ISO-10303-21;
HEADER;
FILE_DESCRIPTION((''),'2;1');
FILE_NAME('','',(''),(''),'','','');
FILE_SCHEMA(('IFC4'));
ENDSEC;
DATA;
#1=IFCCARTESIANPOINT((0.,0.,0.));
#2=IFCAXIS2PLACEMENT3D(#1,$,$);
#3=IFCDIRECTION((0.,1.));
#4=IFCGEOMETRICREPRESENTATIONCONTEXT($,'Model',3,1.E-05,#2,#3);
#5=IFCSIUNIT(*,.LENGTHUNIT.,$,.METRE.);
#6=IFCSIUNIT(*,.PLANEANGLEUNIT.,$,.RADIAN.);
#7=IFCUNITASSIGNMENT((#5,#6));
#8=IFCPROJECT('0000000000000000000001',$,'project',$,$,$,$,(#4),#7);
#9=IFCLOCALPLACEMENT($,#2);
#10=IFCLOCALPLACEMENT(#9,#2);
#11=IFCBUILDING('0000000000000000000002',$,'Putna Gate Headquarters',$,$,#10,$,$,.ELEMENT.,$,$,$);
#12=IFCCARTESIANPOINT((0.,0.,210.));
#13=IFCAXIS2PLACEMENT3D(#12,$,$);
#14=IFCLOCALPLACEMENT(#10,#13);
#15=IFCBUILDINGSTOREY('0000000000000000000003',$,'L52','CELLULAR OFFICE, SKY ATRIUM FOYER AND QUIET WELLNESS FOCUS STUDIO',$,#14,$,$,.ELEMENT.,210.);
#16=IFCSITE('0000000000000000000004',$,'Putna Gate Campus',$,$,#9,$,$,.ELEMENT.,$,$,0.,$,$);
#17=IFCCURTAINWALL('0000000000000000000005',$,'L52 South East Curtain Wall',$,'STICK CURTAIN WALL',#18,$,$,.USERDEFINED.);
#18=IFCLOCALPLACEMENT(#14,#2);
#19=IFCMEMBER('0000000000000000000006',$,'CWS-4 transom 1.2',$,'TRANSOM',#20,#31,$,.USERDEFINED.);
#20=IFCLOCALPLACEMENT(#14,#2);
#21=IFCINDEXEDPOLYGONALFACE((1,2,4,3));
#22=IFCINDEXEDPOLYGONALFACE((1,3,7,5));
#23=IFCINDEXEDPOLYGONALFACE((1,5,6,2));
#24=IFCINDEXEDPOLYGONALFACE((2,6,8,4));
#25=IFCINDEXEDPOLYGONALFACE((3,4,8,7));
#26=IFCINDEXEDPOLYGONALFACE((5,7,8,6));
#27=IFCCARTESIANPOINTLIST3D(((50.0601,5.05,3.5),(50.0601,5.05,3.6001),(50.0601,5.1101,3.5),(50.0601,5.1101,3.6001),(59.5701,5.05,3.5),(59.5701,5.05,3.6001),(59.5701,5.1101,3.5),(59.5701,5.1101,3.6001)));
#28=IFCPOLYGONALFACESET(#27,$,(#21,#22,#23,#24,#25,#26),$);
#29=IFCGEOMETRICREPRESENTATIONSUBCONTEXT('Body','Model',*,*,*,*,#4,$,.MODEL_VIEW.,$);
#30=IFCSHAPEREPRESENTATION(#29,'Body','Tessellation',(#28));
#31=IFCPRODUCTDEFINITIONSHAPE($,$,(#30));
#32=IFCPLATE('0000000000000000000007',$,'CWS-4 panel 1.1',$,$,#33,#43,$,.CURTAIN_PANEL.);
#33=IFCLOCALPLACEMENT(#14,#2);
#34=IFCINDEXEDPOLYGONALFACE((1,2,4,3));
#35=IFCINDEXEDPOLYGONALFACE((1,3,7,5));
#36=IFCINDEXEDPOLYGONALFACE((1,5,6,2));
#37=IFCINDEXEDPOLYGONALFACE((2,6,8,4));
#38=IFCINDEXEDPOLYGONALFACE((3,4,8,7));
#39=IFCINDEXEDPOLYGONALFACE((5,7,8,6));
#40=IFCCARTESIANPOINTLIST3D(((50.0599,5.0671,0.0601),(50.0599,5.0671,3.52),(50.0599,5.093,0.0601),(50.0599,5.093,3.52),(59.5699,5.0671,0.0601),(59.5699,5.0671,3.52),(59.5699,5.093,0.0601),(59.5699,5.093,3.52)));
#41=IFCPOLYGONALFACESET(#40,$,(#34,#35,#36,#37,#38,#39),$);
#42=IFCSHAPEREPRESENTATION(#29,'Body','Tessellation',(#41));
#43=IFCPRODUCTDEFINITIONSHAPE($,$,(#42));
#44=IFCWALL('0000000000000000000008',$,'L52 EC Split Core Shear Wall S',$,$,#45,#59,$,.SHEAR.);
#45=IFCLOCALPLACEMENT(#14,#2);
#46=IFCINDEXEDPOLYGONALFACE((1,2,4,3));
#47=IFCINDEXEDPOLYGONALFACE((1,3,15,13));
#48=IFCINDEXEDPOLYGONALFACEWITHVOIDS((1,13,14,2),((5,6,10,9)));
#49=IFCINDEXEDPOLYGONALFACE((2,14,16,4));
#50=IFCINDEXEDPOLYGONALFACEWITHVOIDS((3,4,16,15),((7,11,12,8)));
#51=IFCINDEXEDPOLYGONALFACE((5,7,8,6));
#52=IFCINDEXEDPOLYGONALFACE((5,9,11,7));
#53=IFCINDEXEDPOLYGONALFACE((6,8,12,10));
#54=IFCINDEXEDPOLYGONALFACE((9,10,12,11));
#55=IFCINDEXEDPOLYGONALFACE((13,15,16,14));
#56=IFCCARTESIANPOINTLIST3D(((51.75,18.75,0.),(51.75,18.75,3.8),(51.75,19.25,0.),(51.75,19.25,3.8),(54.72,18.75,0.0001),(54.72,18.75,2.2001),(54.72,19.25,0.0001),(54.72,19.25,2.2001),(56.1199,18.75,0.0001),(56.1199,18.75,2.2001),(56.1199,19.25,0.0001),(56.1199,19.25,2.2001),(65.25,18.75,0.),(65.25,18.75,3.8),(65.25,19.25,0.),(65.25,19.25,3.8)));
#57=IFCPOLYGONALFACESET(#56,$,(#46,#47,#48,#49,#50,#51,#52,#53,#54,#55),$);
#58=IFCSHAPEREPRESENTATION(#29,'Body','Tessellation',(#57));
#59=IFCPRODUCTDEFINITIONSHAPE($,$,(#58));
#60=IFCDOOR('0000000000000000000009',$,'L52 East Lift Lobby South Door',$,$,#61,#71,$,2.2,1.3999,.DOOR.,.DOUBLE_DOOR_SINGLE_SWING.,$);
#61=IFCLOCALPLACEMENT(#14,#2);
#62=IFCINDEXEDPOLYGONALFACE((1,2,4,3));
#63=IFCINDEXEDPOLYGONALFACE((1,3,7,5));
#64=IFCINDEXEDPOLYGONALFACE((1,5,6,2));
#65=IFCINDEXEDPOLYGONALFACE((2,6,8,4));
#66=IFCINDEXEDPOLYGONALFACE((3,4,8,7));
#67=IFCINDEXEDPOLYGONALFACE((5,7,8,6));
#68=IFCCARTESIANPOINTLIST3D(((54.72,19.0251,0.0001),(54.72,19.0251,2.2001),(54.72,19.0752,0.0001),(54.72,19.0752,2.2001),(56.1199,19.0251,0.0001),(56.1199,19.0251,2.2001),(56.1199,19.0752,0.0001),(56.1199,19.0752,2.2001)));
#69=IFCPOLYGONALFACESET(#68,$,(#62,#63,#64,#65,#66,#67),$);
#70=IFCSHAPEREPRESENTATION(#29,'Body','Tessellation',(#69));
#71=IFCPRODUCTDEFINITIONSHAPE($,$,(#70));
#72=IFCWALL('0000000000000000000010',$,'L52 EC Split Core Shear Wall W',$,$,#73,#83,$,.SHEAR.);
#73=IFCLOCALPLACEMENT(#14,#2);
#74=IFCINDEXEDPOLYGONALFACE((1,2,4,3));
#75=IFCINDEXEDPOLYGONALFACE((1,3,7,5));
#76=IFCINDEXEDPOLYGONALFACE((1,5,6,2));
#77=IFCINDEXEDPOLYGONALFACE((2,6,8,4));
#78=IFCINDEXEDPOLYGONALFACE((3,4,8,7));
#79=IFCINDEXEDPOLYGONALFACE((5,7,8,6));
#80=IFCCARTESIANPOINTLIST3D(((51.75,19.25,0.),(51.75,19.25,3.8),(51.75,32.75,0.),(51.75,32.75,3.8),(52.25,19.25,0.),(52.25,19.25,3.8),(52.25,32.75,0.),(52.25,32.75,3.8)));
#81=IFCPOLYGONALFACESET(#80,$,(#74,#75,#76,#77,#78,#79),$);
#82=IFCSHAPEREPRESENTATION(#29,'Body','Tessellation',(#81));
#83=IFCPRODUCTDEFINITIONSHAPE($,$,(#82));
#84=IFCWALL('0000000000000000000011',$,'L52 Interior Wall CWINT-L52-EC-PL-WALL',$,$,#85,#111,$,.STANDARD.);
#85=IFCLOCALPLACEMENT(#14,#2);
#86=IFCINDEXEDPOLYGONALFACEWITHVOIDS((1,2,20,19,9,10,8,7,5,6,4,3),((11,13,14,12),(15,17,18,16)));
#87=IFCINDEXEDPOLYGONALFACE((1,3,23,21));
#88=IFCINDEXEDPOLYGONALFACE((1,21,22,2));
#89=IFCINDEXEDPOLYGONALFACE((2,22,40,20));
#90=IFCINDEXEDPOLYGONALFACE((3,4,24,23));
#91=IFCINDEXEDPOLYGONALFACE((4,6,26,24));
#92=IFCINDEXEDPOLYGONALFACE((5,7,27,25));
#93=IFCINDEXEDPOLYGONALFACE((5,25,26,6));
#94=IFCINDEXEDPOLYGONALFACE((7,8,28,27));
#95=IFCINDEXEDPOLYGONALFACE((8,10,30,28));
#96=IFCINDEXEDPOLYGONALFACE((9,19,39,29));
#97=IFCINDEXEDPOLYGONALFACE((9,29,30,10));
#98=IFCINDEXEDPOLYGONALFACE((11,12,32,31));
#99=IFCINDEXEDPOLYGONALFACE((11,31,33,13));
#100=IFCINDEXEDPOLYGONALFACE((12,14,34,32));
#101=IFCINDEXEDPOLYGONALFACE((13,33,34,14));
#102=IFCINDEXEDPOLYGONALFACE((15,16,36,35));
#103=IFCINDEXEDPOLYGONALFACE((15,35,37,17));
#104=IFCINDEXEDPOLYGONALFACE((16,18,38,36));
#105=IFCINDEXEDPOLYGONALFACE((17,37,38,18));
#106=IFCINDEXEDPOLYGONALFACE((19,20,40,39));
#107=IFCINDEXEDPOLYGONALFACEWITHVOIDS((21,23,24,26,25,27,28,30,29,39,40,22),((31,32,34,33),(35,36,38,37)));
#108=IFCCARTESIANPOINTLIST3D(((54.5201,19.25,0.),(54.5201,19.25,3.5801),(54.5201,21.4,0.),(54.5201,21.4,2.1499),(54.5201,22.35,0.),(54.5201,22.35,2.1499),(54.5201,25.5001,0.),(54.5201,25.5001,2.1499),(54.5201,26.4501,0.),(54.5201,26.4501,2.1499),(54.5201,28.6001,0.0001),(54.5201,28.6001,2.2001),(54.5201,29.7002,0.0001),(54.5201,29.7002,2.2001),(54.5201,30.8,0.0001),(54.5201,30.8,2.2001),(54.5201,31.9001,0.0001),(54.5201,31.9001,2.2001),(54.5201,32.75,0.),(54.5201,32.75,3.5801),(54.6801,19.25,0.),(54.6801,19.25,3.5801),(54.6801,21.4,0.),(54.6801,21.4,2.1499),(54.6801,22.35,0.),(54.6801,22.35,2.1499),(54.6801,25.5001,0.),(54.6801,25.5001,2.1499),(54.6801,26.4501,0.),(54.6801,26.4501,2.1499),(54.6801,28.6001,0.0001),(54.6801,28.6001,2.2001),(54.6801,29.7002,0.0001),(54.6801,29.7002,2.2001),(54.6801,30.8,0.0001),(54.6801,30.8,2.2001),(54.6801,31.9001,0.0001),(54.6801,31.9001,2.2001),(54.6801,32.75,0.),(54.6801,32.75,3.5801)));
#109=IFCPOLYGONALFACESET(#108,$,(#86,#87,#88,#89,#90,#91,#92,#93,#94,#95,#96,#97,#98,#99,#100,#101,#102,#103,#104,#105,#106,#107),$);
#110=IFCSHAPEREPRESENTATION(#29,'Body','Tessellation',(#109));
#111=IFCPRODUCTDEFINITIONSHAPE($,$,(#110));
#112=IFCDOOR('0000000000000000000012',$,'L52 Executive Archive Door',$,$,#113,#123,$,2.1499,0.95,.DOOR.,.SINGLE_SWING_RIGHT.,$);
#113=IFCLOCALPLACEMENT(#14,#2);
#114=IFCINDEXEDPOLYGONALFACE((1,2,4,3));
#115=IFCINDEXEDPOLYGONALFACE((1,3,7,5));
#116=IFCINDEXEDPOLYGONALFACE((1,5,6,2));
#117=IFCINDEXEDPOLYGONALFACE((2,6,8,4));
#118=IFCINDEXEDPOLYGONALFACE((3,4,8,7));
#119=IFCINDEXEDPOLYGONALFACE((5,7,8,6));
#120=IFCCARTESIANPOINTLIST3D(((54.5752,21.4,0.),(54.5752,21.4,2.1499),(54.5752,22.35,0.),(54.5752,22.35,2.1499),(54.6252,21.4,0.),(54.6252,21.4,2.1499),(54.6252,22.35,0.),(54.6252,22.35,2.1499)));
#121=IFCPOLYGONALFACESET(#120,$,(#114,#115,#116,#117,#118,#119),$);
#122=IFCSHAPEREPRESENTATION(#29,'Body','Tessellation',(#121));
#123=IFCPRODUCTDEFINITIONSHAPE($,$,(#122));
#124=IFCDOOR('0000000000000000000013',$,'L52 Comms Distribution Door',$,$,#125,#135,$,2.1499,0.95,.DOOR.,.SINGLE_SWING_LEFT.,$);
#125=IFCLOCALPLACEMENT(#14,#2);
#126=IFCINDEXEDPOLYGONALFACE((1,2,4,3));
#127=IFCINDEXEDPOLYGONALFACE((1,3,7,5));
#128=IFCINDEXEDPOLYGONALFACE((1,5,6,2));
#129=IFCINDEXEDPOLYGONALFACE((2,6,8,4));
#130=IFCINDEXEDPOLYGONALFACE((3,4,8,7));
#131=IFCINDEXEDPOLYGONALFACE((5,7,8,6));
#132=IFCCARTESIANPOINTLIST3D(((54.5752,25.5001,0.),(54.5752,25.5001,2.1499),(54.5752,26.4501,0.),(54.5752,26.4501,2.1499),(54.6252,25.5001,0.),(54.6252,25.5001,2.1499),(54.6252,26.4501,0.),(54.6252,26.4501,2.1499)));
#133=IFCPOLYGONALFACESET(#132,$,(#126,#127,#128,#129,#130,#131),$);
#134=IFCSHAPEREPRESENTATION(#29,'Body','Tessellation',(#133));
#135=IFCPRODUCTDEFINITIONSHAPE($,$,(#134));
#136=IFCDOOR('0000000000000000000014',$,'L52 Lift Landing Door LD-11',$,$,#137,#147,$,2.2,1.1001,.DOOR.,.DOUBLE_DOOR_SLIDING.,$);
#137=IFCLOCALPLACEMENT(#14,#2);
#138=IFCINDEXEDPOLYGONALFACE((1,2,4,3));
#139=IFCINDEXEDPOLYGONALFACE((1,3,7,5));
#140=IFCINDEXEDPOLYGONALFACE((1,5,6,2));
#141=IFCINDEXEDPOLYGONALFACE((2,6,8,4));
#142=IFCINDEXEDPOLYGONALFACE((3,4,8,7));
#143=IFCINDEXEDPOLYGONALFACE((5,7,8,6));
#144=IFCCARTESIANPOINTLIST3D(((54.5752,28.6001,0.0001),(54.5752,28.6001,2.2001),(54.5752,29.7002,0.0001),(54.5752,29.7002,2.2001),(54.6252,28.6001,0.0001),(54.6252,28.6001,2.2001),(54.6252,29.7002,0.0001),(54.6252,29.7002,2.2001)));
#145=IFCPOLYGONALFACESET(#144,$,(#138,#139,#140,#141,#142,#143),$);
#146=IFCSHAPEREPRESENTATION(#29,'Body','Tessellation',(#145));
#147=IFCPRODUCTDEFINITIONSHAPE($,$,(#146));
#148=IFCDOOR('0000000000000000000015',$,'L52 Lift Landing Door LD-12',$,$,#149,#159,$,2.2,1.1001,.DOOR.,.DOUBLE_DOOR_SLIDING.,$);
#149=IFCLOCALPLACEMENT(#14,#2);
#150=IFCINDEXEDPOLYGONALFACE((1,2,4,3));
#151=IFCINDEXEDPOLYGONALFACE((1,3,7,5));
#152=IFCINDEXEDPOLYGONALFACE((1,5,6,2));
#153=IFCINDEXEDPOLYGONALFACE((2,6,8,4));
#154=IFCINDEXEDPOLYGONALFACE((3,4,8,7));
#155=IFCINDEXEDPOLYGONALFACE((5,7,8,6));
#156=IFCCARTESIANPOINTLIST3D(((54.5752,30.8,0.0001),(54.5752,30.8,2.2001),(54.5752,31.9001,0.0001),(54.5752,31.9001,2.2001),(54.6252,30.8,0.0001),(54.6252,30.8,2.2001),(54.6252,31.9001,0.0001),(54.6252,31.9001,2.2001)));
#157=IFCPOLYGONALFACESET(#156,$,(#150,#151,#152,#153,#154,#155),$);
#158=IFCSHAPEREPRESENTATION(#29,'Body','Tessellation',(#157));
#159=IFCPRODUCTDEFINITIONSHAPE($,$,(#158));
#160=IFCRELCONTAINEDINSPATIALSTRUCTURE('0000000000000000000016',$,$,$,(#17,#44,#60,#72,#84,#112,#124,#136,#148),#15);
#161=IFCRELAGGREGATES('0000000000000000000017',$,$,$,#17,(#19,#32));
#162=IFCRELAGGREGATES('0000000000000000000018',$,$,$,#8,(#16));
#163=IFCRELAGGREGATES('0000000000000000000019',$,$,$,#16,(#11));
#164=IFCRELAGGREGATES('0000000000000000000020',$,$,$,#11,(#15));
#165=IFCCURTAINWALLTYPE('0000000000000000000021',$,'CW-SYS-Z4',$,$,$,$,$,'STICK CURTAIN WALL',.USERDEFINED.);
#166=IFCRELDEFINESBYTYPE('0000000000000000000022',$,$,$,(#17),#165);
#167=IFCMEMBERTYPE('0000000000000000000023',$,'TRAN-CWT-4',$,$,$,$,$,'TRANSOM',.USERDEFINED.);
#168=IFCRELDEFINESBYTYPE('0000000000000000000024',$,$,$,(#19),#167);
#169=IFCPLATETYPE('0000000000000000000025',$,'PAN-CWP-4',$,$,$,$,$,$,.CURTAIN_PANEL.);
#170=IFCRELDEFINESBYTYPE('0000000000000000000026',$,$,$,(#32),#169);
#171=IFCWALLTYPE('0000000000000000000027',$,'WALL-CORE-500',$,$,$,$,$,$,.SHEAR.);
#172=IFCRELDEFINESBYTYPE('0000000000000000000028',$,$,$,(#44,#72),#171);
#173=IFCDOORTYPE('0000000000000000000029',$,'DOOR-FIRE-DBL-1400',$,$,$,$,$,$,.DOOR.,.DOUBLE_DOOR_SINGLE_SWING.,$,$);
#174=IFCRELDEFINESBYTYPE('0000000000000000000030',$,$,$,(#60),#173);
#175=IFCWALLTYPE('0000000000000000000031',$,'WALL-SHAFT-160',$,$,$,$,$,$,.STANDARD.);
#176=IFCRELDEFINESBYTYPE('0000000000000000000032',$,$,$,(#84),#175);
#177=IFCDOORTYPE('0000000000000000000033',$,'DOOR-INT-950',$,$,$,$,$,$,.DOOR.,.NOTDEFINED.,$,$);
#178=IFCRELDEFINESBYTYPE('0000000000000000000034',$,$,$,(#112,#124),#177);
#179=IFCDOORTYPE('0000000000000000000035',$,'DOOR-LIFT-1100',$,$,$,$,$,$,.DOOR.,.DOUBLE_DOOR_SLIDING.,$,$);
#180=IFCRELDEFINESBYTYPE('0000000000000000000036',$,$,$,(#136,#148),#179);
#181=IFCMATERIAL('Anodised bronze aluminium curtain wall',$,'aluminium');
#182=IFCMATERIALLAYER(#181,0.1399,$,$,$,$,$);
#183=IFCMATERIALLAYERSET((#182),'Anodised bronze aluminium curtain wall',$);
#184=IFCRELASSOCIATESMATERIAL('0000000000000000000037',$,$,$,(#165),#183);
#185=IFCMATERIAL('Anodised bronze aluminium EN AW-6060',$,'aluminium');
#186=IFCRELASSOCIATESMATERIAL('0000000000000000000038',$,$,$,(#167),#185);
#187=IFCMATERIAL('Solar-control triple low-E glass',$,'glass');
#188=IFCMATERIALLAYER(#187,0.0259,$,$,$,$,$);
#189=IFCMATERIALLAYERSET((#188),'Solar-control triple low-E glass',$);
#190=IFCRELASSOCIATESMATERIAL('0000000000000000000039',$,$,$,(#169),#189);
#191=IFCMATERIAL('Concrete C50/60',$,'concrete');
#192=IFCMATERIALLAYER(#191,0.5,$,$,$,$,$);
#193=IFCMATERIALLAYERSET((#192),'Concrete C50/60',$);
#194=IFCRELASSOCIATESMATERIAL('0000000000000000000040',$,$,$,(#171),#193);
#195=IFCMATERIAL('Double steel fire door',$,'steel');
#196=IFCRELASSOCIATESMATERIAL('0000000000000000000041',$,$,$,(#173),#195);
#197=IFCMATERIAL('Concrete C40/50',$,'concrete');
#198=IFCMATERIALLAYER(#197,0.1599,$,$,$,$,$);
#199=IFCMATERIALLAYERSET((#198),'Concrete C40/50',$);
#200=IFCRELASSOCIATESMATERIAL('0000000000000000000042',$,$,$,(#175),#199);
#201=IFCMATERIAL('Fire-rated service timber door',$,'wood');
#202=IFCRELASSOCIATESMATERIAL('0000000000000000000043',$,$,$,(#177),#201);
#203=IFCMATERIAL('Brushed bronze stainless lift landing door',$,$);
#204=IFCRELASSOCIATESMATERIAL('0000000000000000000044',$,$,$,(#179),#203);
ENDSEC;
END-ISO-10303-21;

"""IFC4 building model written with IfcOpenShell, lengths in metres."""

from ifc_helpers import new_model, si_unit, direction, frame, frame_2d, origin, origin_2d, place, context, subcontext, project, spatial, rectangle, extrude, material, layer, layer_set, material_profile, profile_set, type_object, element, fill, aggregate, save


model = new_model("IFC4")

# Units and contexts
model_context = context("Model", 3, precision=1e-05, world=origin(), true_north=direction((0.0, 1.0)))
body_context = subcontext(model_context, "Body", "Model", "MODEL_VIEW")
ifc_project = project(units=[si_unit("LENGTHUNIT", "METRE"), si_unit("PLANEANGLEUNIT", "RADIAN")], contexts=[model_context])

# Site, building, storey
site_placement = place(None, origin())
site = spatial("IfcSite", under=ifc_project, at=site_placement, Name="Putna Gate Campus", CompositionType="ELEMENT", RefElevation=0.0)
building_placement = place(site_placement, origin())
building = spatial("IfcBuilding", under=site, at=building_placement, Name="Putna Gate Headquarters", CompositionType="ELEMENT")
storey_placement = place(building_placement, frame((0.0, 0.0, 210.0)))
storey = spatial("IfcBuildingStorey", under=building, at=storey_placement, Name="L52", Description="CELLULAR OFFICE, SKY ATRIUM FOYER AND QUIET WELLNESS FOCUS STUDIO", CompositionType="ELEMENT", Elevation=210.0)

# Curtain wall
ifc_material_1 = material(Name="Anodised bronze aluminium curtain wall", Category="aluminium")
ifc_layer_1 = layer(ifc_material_1, 0.1399)
ifc_layer_set_1 = layer_set([ifc_layer_1], Name="Anodised bronze aluminium curtain wall")
curtain_wall_type_1 = type_object("IfcCurtainWallType", Name="CW-SYS-Z4", ElementType="STICK CURTAIN WALL", PredefinedType="USERDEFINED", material=ifc_layer_set_1)
curtain_wall_1_placement = place(storey_placement, origin())
curtain_wall_1 = element("IfcCurtainWall", 1, at=curtain_wall_1_placement, inside=storey, type_object=curtain_wall_type_1, Name="L52 South East Curtain Wall", ObjectType="STICK CURTAIN WALL", PredefinedType="USERDEFINED")
ifc_material_2 = material(Name="Anodised bronze aluminium EN AW-6060", Category="aluminium")

# Member
ifc_material_profile_1 = material_profile(ifc_material_2, rectangle(XDim=0.0601, YDim=0.1001, at=origin_2d()), Name="Anodised bronze aluminium EN AW-6060")
ifc_profile_set_1 = profile_set([ifc_material_profile_1], Name="Anodised bronze aluminium EN AW-6060")
member_type_1 = type_object("IfcMemberType", Name="TRAN-CWT-4", ElementType="TRANSOM", PredefinedType="USERDEFINED", material=ifc_profile_set_1)
member_1_placement = place(storey_placement, frame((50.0601, 5.0801, 3.55), z_axis=(1.0, 0.0, 0.0), x_axis=(0.0, 1.0, 0.0)))
member_1 = element("IfcMember", 2, at=member_1_placement, type_object=member_type_1, Name="CWS-4 transom 1.2", ObjectType="TRANSOM", PredefinedType="USERDEFINED", context=body_context, shape_type="SweptSolid", body=[
    extrude(rectangle(XDim=0.0601, YDim=0.1001, at=origin_2d()), origin(), (0.0, 0.0, 1.0), 9.51),
])

# Plate
ifc_material_3 = material(Name="Solar-control triple low-E glass", Category="glass")
ifc_layer_2 = layer(ifc_material_3, 0.0259)
ifc_layer_set_2 = layer_set([ifc_layer_2], Name="Solar-control triple low-E glass")
plate_type = type_object("IfcPlateType", Name="PAN-CWP-4", PredefinedType="CURTAIN_PANEL", material=ifc_layer_set_2)
plate_placement = place(storey_placement, frame((54.8149, 5.0801, 0.0601), z_axis=(0.0, 0.0, 1.0), x_axis=(1.0, 0.0, 0.0)))
plate = element("IfcPlate", 3, at=plate_placement, type_object=plate_type, Name="CWS-4 panel 1.1", PredefinedType="CURTAIN_PANEL", context=body_context, shape_type="SweptSolid", body=[
    extrude(rectangle(XDim=9.51, YDim=0.0259, at=origin_2d()), origin(), (0.0, 0.0, 1.0), 3.46),
])
aggregate(curtain_wall_1, [member_1, plate])

# Wall, opening, door
ifc_material_4 = material(Name="Concrete C50/60", Category="concrete")
ifc_layer_3 = layer(ifc_material_4, 0.5)
ifc_layer_set_3 = layer_set([ifc_layer_3], Name="Concrete C50/60")
wall_type_1 = type_object("IfcWallType", Name="WALL-CORE-500", PredefinedType="SHEAR", material=ifc_layer_set_3)
wall_1_placement = place(storey_placement, frame((51.75, 19.0, 0.0), z_axis=(0.0, 0.0, 1.0), x_axis=(1.0, 0.0, 0.0)))
wall_1 = element("IfcWall", 4, at=wall_1_placement, inside=storey, type_object=wall_type_1, Name="L52 EC Split Core Shear Wall S", PredefinedType="SHEAR", context=body_context, shape_type="SweptSolid", body=[
    extrude(rectangle(XDim=13.5, YDim=0.5, at=frame_2d((6.75, 0.0))), origin(), (0.0, 0.0, 1.0), 3.8),
])
opening_1_placement = place(wall_1_placement, frame((2.97, 0.0, 0.0)))
opening_1 = element("IfcOpeningElement", 5, at=opening_1_placement, cuts=wall_1, PredefinedType="OPENING", context=body_context, shape_type="SweptSolid", body=[
    extrude(rectangle(XDim=1.3999, YDim=2.2, at=frame_2d((0.7, 1.1001))), frame((0.0, 0.26, 0.0), z_axis=(0.0, -1.0, 0.0), x_axis=(1.0, 0.0, 0.0)), (0.0, 0.0, 1.0), 0.52),
])
ifc_material_5 = material(Name="Double steel fire door", Category="steel")
door_type_1 = type_object("IfcDoorType", Name="DOOR-FIRE-DBL-1400", OperationType="DOUBLE_DOOR_SINGLE_SWING", PredefinedType="DOOR", material=ifc_material_5)
door_1_placement = place(opening_1_placement, origin())
door_1 = element("IfcDoor", 6, at=door_1_placement, inside=storey, type_object=door_type_1, Name="L52 East Lift Lobby South Door", OperationType="DOUBLE_DOOR_SINGLE_SWING", OverallHeight=2.2, OverallWidth=1.3999, PredefinedType="DOOR", context=body_context, shape_type="SweptSolid", body=[
    extrude(rectangle(XDim=1.3999, YDim=2.2, at=frame_2d((0.7, 1.1001))), frame((0.0, 0.0752, 0.0), z_axis=(0.0, -1.0, 0.0), x_axis=(1.0, 0.0, 0.0)), (0.0, 0.0, 1.0), 0.05),
])
fill(opening_1, door_1)

# Wall
wall_2_placement = place(storey_placement, frame((52.0, 19.25, 0.0), z_axis=(0.0, 0.0, 1.0), x_axis=(0.0, 1.0, 0.0)))
element("IfcWall", 7, at=wall_2_placement, inside=storey, type_object=wall_type_1, Name="L52 EC Split Core Shear Wall W", PredefinedType="SHEAR", context=body_context, shape_type="SweptSolid", body=[
    extrude(rectangle(XDim=13.5, YDim=0.5, at=frame_2d((6.75, 0.0))), origin(), (0.0, 0.0, 1.0), 3.8),
])

# Wall, openings, doors
ifc_material_6 = material(Name="Concrete C40/50", Category="concrete")
ifc_layer_4 = layer(ifc_material_6, 0.1599)
ifc_layer_set_4 = layer_set([ifc_layer_4], Name="Concrete C40/50")
wall_type_2 = type_object("IfcWallType", Name="WALL-SHAFT-160", PredefinedType="STANDARD", material=ifc_layer_set_4)
wall_3_placement = place(storey_placement, frame((54.6001, 19.25, 0.0), z_axis=(0.0, 0.0, 1.0), x_axis=(0.0, 1.0, 0.0)))
wall_3 = element("IfcWall", 8, at=wall_3_placement, inside=storey, type_object=wall_type_2, Name="L52 Interior Wall CWINT-L52-EC-PL-WALL", PredefinedType="STANDARD", context=body_context, shape_type="SweptSolid", body=[
    extrude(rectangle(XDim=13.5, YDim=0.1599, at=frame_2d((6.75, 0.0))), origin(), (0.0, 0.0, 1.0), 3.5801),
])
opening_2_placement = place(wall_3_placement, frame((2.1499, 0.0, 0.0)))
opening_2 = element("IfcOpeningElement", 9, at=opening_2_placement, cuts=wall_3, PredefinedType="OPENING", context=body_context, shape_type="SweptSolid", body=[
    extrude(rectangle(XDim=0.95, YDim=2.1499, at=frame_2d((0.4751, 1.075))), frame((0.0, 0.0898, 0.0), z_axis=(0.0, -1.0, 0.0), x_axis=(1.0, 0.0, 0.0)), (0.0, 0.0, 1.0), 0.1799),
])
opening_3_placement = place(wall_3_placement, frame((6.25, 0.0, 0.0)))
opening_3 = element("IfcOpeningElement", 10, at=opening_3_placement, cuts=wall_3, PredefinedType="OPENING", context=body_context, shape_type="SweptSolid", body=[
    extrude(rectangle(XDim=0.95, YDim=2.1499, at=frame_2d((0.4751, 1.075))), frame((0.0, 0.0898, 0.0), z_axis=(0.0, -1.0, 0.0), x_axis=(1.0, 0.0, 0.0)), (0.0, 0.0, 1.0), 0.1799),
])
opening_4_placement = place(wall_3_placement, frame((9.3501, 0.0, 0.0)))
opening_4 = element("IfcOpeningElement", 11, at=opening_4_placement, cuts=wall_3, PredefinedType="OPENING", context=body_context, shape_type="SweptSolid", body=[
    extrude(rectangle(XDim=1.1001, YDim=2.2, at=frame_2d((0.55, 1.1001))), frame((0.0, 0.0898, 0.0), z_axis=(0.0, -1.0, 0.0), x_axis=(1.0, 0.0, 0.0)), (0.0, 0.0, 1.0), 0.1799),
])
opening_5_placement = place(wall_3_placement, frame((11.55, 0.0, 0.0)))
opening_5 = element("IfcOpeningElement", 12, at=opening_5_placement, cuts=wall_3, PredefinedType="OPENING", context=body_context, shape_type="SweptSolid", body=[
    extrude(rectangle(XDim=1.1001, YDim=2.2, at=frame_2d((0.55, 1.1001))), frame((0.0, 0.0898, 0.0), z_axis=(0.0, -1.0, 0.0), x_axis=(1.0, 0.0, 0.0)), (0.0, 0.0, 1.0), 0.1799),
])
ifc_material_7 = material(Name="Fire-rated service timber door", Category="wood")
door_type_2 = type_object("IfcDoorType", Name="DOOR-INT-950", OperationType="NOTDEFINED", PredefinedType="DOOR", material=ifc_material_7)
door_2_placement = place(opening_2_placement, origin())
door_2 = element("IfcDoor", 13, at=door_2_placement, inside=storey, type_object=door_type_2, Name="L52 Executive Archive Door", OperationType="SINGLE_SWING_RIGHT", OverallHeight=2.1499, OverallWidth=0.95, PredefinedType="DOOR", context=body_context, shape_type="SweptSolid", body=[
    extrude(rectangle(XDim=0.95, YDim=2.1499, at=frame_2d((0.4751, 1.075))), frame((0.0, 0.0249, 0.0), z_axis=(0.0, -1.0, 0.0), x_axis=(1.0, 0.0, 0.0)), (0.0, 0.0, 1.0), 0.05),
])
fill(opening_2, door_2)
door_3_placement = place(opening_3_placement, origin())
door_3 = element("IfcDoor", 14, at=door_3_placement, inside=storey, type_object=door_type_2, Name="L52 Comms Distribution Door", OperationType="SINGLE_SWING_LEFT", OverallHeight=2.1499, OverallWidth=0.95, PredefinedType="DOOR", context=body_context, shape_type="SweptSolid", body=[
    extrude(rectangle(XDim=0.95, YDim=2.1499, at=frame_2d((0.4751, 1.075))), frame((0.0, 0.0249, 0.0), z_axis=(0.0, -1.0, 0.0), x_axis=(1.0, 0.0, 0.0)), (0.0, 0.0, 1.0), 0.05),
])
fill(opening_3, door_3)
ifc_material_8 = material(Name="Brushed bronze stainless lift landing door")
door_type_3 = type_object("IfcDoorType", Name="DOOR-LIFT-1100", OperationType="DOUBLE_DOOR_SLIDING", PredefinedType="DOOR", material=ifc_material_8)
door_4_placement = place(opening_4_placement, origin())
door_4 = element("IfcDoor", 15, at=door_4_placement, inside=storey, type_object=door_type_3, Name="L52 Lift Landing Door LD-11", OperationType="DOUBLE_DOOR_SLIDING", OverallHeight=2.2, OverallWidth=1.1001, PredefinedType="DOOR", context=body_context, shape_type="SweptSolid", body=[
    extrude(rectangle(XDim=1.1001, YDim=2.2, at=frame_2d((0.55, 1.1001))), frame((0.0, 0.0249, 0.0), z_axis=(0.0, -1.0, 0.0), x_axis=(1.0, 0.0, 0.0)), (0.0, 0.0, 1.0), 0.05),
])
fill(opening_4, door_4)
door_5_placement = place(opening_5_placement, origin())
door_5 = element("IfcDoor", 16, at=door_5_placement, inside=storey, type_object=door_type_3, Name="L52 Lift Landing Door LD-12", OperationType="DOUBLE_DOOR_SLIDING", OverallHeight=2.2, OverallWidth=1.1001, PredefinedType="DOOR", context=body_context, shape_type="SweptSolid", body=[
    extrude(rectangle(XDim=1.1001, YDim=2.2, at=frame_2d((0.55, 1.1001))), frame((0.0, 0.0249, 0.0), z_axis=(0.0, -1.0, 0.0), x_axis=(1.0, 0.0, 0.0)), (0.0, 0.0, 1.0), 0.05),
])
fill(opening_5, door_5)

save(model, "model.ifc")
